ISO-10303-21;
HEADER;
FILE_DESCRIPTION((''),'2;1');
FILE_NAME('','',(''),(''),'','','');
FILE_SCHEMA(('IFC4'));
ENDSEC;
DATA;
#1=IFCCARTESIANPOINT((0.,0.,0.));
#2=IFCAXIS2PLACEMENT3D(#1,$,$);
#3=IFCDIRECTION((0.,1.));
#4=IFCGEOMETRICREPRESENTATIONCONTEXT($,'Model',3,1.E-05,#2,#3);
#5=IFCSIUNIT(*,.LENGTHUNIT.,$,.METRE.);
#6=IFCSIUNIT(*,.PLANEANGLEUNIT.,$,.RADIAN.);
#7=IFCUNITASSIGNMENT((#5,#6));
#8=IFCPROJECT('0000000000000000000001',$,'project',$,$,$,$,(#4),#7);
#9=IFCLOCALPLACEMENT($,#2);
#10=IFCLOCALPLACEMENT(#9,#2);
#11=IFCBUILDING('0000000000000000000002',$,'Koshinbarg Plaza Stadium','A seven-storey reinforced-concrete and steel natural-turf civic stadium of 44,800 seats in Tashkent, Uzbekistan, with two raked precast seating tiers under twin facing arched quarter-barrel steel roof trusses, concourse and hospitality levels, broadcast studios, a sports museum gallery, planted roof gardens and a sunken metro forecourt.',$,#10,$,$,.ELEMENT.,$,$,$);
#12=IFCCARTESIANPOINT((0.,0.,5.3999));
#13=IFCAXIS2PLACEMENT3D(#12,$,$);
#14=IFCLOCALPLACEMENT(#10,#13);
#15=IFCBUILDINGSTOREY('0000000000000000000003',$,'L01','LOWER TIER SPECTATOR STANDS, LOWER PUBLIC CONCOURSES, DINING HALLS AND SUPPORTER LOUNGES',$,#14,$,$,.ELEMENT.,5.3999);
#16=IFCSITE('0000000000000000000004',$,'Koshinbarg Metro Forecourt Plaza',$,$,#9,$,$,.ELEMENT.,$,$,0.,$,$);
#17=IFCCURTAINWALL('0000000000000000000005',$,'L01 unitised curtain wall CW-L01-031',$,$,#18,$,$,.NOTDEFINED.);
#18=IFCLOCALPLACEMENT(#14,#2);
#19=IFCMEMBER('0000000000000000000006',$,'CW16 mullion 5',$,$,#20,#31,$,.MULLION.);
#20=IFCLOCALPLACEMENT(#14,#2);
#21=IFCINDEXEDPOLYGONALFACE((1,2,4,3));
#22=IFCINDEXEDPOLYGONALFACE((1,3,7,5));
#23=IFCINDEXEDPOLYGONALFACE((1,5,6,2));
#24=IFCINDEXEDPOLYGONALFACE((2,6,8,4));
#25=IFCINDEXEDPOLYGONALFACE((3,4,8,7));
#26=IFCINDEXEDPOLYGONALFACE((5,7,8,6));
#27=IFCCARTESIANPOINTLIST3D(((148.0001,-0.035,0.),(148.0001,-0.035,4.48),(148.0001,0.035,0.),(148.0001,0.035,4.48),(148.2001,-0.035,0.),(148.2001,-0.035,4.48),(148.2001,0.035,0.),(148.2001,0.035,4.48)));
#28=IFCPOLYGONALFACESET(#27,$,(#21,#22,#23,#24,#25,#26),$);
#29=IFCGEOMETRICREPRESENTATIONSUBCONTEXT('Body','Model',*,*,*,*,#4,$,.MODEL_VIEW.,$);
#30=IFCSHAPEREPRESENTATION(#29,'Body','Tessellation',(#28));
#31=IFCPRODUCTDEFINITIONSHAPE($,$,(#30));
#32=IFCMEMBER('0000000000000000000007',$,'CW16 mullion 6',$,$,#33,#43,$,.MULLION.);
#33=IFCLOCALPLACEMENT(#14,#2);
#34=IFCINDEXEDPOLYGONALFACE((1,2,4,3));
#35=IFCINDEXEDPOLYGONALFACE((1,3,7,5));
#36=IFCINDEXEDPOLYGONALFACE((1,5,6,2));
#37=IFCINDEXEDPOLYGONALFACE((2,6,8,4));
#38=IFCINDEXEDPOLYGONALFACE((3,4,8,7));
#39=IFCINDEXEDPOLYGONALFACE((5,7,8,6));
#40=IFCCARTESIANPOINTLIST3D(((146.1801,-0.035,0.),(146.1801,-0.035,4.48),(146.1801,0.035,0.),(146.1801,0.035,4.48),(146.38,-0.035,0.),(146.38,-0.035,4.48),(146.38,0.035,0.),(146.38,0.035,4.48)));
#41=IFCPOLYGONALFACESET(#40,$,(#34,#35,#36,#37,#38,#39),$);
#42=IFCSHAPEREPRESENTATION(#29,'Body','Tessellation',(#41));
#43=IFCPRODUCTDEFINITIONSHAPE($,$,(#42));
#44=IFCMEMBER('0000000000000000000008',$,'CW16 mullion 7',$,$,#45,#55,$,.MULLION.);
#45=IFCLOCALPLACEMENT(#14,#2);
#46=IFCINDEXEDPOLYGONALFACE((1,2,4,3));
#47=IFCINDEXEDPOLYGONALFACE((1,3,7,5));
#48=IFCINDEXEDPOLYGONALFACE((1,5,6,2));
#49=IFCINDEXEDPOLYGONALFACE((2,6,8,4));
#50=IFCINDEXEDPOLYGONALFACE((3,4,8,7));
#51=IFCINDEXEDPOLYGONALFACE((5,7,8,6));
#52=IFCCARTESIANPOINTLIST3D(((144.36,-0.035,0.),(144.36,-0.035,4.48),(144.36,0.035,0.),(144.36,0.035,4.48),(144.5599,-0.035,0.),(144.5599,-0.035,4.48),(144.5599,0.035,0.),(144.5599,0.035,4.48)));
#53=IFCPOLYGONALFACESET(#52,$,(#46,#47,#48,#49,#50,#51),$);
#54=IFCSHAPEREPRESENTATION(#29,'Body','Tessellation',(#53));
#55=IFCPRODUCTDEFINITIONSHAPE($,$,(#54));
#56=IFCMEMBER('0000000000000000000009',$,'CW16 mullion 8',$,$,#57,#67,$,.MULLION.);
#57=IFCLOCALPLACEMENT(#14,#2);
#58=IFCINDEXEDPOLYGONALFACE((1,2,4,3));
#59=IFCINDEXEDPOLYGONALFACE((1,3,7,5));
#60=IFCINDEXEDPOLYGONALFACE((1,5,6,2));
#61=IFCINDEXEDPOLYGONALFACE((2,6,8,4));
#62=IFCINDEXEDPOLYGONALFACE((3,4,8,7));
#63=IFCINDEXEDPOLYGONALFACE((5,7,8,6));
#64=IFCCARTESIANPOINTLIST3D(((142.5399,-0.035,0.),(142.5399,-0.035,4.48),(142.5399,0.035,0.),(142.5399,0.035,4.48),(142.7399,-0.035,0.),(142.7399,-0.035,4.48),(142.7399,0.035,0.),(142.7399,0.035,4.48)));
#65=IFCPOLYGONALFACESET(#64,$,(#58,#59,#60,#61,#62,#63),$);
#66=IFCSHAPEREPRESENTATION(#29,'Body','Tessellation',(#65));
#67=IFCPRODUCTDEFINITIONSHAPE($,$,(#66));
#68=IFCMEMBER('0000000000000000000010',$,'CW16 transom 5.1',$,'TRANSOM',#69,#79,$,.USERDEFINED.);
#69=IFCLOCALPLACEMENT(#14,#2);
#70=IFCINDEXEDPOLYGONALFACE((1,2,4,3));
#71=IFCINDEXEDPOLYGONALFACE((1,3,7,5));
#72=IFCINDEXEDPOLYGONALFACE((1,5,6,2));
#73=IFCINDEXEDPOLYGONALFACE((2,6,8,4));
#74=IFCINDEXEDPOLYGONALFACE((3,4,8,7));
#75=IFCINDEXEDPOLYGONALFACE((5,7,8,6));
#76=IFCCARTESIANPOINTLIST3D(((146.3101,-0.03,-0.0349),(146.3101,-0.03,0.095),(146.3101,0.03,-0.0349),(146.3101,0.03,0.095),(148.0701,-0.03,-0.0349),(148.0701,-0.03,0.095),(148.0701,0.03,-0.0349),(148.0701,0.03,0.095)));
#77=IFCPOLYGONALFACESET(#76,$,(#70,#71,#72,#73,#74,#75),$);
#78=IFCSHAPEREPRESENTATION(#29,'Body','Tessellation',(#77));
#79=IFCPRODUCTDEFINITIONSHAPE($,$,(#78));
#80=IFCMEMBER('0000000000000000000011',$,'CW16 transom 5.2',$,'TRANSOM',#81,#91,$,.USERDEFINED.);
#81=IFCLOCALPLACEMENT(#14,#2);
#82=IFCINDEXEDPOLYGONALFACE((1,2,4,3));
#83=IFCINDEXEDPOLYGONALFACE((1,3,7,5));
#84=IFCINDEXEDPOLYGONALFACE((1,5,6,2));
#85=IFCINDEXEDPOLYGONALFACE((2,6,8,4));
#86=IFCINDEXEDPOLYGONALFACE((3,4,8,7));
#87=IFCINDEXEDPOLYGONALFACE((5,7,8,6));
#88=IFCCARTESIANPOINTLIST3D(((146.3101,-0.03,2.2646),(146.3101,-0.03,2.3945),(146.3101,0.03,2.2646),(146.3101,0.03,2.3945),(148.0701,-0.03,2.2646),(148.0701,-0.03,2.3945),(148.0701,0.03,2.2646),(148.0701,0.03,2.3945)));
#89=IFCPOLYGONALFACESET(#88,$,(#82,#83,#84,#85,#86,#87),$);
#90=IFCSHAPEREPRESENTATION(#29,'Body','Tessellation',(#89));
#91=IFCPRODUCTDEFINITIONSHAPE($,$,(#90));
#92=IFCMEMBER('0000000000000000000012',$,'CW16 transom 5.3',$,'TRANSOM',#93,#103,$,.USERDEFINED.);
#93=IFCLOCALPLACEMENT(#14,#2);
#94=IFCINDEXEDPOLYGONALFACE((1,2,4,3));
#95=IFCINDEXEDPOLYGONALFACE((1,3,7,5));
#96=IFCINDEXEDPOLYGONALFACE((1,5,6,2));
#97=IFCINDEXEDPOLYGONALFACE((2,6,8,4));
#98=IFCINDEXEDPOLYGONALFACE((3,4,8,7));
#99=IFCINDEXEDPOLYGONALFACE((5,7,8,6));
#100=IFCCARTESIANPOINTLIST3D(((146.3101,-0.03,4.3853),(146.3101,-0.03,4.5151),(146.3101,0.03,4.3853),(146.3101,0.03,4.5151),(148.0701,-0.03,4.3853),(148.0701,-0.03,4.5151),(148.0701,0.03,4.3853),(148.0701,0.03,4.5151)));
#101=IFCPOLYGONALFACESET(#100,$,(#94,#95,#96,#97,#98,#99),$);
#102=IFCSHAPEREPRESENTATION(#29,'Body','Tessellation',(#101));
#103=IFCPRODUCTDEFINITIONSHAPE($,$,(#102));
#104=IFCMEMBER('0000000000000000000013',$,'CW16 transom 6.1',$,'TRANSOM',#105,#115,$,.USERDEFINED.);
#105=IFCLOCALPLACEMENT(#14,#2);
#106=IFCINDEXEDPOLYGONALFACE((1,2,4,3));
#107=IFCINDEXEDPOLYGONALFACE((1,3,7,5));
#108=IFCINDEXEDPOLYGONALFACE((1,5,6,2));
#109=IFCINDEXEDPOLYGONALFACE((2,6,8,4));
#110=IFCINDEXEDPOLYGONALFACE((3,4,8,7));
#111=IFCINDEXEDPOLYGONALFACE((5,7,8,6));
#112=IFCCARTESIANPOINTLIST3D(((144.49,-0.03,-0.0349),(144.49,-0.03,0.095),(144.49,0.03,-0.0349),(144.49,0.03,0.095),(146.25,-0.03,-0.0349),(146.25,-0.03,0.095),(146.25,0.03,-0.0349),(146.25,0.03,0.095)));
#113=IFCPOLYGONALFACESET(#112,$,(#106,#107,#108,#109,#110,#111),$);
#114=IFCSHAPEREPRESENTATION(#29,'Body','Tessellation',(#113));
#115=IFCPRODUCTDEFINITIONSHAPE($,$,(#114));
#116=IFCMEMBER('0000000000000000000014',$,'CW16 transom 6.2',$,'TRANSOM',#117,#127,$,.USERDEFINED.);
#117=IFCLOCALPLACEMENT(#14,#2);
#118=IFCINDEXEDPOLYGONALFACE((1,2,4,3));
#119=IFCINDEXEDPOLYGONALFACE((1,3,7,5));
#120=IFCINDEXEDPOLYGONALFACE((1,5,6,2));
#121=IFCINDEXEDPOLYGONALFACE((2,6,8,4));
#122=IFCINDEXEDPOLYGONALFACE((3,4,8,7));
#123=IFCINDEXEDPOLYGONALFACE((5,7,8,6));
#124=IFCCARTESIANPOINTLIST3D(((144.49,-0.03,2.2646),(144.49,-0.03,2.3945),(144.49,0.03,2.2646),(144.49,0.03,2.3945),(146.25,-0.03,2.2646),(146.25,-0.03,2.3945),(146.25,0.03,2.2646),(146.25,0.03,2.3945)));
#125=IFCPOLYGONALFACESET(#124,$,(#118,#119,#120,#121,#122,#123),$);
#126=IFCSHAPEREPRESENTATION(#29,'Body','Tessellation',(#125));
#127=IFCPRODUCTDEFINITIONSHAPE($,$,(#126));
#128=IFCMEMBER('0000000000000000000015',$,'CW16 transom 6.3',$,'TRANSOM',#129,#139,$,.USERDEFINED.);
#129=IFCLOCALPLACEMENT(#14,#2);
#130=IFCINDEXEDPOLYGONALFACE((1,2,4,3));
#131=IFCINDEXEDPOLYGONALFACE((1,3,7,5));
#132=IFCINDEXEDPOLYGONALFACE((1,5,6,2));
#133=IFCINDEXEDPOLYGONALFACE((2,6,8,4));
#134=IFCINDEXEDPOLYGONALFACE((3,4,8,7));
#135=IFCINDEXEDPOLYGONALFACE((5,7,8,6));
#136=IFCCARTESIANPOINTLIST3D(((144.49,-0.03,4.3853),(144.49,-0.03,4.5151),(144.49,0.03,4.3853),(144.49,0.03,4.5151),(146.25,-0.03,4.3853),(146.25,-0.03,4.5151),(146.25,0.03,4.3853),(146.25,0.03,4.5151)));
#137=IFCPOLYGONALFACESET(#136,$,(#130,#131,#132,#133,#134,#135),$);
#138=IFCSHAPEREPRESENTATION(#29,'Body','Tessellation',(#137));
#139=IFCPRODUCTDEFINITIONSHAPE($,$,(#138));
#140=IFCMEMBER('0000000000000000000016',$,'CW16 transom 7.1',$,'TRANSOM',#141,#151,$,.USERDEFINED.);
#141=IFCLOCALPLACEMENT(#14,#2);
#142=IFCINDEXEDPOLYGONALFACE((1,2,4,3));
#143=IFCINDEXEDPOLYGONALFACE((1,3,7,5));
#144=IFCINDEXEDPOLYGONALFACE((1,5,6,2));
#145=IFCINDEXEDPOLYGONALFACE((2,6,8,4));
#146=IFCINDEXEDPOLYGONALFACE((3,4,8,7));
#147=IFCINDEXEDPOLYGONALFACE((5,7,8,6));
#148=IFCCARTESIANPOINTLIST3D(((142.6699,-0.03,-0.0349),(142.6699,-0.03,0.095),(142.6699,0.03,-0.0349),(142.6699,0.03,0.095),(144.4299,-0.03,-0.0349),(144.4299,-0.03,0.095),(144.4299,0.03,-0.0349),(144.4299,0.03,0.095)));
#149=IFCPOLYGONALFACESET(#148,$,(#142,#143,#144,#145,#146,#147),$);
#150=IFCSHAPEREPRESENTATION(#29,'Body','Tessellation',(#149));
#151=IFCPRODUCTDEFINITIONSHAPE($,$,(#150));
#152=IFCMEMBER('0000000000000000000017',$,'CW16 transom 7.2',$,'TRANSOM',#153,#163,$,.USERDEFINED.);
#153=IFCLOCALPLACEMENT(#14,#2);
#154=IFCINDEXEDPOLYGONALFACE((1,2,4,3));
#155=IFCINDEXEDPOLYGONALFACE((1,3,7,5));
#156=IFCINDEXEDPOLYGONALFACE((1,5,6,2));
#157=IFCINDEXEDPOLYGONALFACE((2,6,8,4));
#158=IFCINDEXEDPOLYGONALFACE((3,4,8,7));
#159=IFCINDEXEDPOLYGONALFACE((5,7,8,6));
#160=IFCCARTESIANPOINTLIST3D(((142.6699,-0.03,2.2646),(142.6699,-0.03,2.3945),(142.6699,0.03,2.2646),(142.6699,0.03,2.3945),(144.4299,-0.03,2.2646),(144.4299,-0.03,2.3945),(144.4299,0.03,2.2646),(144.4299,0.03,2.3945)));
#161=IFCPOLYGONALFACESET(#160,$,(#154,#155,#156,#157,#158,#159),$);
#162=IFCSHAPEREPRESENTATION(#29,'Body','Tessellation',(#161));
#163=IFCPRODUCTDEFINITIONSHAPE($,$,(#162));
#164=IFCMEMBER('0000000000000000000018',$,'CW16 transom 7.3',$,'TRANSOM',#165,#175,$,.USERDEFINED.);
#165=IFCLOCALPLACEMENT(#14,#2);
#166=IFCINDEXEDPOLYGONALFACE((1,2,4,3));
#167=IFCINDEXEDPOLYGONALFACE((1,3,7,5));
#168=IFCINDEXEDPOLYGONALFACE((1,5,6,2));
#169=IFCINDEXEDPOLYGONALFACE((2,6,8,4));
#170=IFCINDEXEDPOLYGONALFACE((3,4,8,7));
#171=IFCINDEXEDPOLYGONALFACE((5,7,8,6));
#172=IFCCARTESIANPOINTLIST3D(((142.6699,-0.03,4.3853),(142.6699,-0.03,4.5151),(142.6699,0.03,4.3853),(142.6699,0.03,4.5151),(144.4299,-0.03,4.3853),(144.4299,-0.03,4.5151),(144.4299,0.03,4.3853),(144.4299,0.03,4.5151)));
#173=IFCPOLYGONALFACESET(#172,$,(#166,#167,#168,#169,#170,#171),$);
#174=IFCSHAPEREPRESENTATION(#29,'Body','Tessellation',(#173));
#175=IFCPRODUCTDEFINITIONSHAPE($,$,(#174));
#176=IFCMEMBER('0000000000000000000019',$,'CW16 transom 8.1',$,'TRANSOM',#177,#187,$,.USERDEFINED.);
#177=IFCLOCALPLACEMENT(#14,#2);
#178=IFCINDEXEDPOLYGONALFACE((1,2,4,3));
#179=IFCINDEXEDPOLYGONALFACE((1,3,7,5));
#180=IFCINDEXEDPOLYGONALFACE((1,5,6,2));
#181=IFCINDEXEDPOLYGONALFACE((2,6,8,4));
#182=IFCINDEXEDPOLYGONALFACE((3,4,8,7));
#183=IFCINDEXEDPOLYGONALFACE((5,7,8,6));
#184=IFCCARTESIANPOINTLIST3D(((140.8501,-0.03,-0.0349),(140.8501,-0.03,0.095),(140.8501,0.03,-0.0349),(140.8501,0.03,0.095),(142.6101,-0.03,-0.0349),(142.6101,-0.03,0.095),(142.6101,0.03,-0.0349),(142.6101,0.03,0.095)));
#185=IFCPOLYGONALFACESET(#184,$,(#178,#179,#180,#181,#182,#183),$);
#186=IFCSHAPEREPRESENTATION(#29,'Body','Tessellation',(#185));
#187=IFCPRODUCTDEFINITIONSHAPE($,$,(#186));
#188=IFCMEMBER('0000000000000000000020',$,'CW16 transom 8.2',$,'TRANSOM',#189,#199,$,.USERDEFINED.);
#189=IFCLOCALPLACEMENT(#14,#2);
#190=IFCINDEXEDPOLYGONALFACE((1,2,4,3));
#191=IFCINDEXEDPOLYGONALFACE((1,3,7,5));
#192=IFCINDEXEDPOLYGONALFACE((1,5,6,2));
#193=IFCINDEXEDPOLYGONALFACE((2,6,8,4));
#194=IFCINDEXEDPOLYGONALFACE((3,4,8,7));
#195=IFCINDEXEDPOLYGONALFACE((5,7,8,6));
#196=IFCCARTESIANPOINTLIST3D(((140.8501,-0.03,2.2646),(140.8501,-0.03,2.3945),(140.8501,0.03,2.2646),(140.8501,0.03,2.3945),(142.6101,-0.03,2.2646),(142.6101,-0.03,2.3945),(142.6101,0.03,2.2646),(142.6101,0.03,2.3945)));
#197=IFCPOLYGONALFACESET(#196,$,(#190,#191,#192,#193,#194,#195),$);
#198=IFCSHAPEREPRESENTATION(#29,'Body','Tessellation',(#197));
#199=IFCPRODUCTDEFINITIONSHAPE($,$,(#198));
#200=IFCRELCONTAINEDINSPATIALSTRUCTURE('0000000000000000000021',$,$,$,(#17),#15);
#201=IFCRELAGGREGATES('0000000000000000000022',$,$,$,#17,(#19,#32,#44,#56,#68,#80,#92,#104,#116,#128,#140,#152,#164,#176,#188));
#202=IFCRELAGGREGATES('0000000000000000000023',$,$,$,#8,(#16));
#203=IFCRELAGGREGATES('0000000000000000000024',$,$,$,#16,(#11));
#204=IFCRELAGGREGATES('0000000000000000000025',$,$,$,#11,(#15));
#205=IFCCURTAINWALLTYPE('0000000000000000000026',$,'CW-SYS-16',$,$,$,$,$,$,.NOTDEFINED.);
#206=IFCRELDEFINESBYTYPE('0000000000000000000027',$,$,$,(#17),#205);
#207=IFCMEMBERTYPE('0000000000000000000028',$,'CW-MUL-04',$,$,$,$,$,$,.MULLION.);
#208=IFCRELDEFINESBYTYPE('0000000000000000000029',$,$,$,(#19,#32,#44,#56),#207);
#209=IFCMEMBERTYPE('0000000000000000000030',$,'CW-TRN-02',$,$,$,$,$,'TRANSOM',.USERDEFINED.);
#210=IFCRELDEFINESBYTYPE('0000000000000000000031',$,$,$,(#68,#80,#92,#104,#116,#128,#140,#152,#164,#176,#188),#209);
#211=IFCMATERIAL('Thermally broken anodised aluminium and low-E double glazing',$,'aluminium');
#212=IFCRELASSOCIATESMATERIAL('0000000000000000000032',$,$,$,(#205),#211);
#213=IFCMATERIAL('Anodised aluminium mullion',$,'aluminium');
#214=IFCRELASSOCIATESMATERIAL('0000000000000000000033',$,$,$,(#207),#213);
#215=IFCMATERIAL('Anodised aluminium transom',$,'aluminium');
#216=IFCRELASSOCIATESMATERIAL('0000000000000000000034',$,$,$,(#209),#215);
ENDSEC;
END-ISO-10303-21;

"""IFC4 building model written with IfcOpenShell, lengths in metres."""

from ifc_helpers import new_model, si_unit, direction, frame, origin, origin_2d, place, context, subcontext, project, spatial, rectangle, extrude, material, material_profile, profile_set, type_object, element, aggregate, save


model = new_model("IFC4")

# Units and contexts
model_context = context("Model", 3, precision=1e-05, world=origin(), true_north=direction((0.0, 1.0)))
body_context = subcontext(model_context, "Body", "Model", "MODEL_VIEW")
ifc_project = project(units=[si_unit("LENGTHUNIT", "METRE"), si_unit("PLANEANGLEUNIT", "RADIAN")], contexts=[model_context])

# Site, building, storey
site_placement = place(None, origin())
site = spatial("IfcSite", under=ifc_project, at=site_placement, Name="Koshinbarg Metro Forecourt Plaza", CompositionType="ELEMENT", RefElevation=0.0)
building_placement = place(site_placement, origin())
building = spatial("IfcBuilding", under=site, at=building_placement, Name="Koshinbarg Plaza Stadium", Description="A seven-storey reinforced-concrete and steel natural-turf civic stadium of 44,800 seats in Tashkent, Uzbekistan, with two raked precast seating tiers under twin facing arched quarter-barrel steel roof trusses, concourse and hospitality levels, broadcast studios, a sports museum gallery, planted roof gardens and a sunken metro forecourt.", CompositionType="ELEMENT")
storey_placement = place(building_placement, frame((0.0, 0.0, 5.3999)))
storey = spatial("IfcBuildingStorey", under=building, at=storey_placement, Name="L01", Description="LOWER TIER SPECTATOR STANDS, LOWER PUBLIC CONCOURSES, DINING HALLS AND SUPPORTER LOUNGES", CompositionType="ELEMENT", Elevation=5.3999)

# Curtain wall, members
ifc_material_1 = material(Name="Thermally broken anodised aluminium and low-E double glazing", Category="aluminium")
curtain_wall_type = type_object("IfcCurtainWallType", Name="CW-SYS-16", PredefinedType="NOTDEFINED", material=ifc_material_1)
curtain_wall_placement = place(storey_placement, origin())
curtain_wall = element("IfcCurtainWall", 1, at=curtain_wall_placement, inside=storey, type_object=curtain_wall_type, Name="L01 unitised curtain wall CW-L01-031", PredefinedType="NOTDEFINED")
ifc_material_2 = material(Name="Anodised aluminium mullion", Category="aluminium")
ifc_material_profile_1 = material_profile(ifc_material_2, rectangle(XDim=0.0701, YDim=0.2, at=origin_2d()), Name="ALU 70x200")
ifc_profile_set_1 = profile_set([ifc_material_profile_1], Name="Anodised aluminium mullion")
member_type_1 = type_object("IfcMemberType", Name="CW-MUL-04", PredefinedType="MULLION", material=ifc_profile_set_1)
member_1_placement = place(storey_placement, frame((148.1001, 0.0, 0.0), z_axis=(0.0, 0.0, 1.0), x_axis=(0.0, -1.0, 0.0)))
member_1 = element("IfcMember", 2, at=member_1_placement, type_object=member_type_1, Name="CW16 mullion 5", PredefinedType="MULLION", context=body_context, shape_type="SweptSolid", body=[
    extrude(rectangle(XDim=0.0701, YDim=0.2, at=origin_2d()), origin(), (0.0, 0.0, 1.0), 4.48),
])
member_2_placement = place(storey_placement, frame((146.28, 0.0, 0.0), z_axis=(0.0, 0.0, 1.0), x_axis=(0.0, -1.0, 0.0)))
member_2 = element("IfcMember", 3, at=member_2_placement, type_object=member_type_1, Name="CW16 mullion 6", PredefinedType="MULLION", context=body_context, shape_type="SweptSolid", body=[
    extrude(rectangle(XDim=0.0701, YDim=0.2, at=origin_2d()), origin(), (0.0, 0.0, 1.0), 4.48),
])
member_3_placement = place(storey_placement, frame((144.46, 0.0, 0.0), z_axis=(0.0, 0.0, 1.0), x_axis=(0.0, -1.0, 0.0)))
member_3 = element("IfcMember", 4, at=member_3_placement, type_object=member_type_1, Name="CW16 mullion 7", PredefinedType="MULLION", context=body_context, shape_type="SweptSolid", body=[
    extrude(rectangle(XDim=0.0701, YDim=0.2, at=origin_2d()), origin(), (0.0, 0.0, 1.0), 4.48),
])
member_4_placement = place(storey_placement, frame((142.6399, 0.0, 0.0), z_axis=(0.0, 0.0, 1.0), x_axis=(0.0, -1.0, 0.0)))
member_4 = element("IfcMember", 5, at=member_4_placement, type_object=member_type_1, Name="CW16 mullion 8", PredefinedType="MULLION", context=body_context, shape_type="SweptSolid", body=[
    extrude(rectangle(XDim=0.0701, YDim=0.2, at=origin_2d()), origin(), (0.0, 0.0, 1.0), 4.48),
])
ifc_material_3 = material(Name="Anodised aluminium transom", Category="aluminium")
ifc_material_profile_2 = material_profile(ifc_material_3, rectangle(XDim=0.0601, YDim=0.1299, at=origin_2d()), Name="ALU 60x130")
ifc_profile_set_2 = profile_set([ifc_material_profile_2], Name="Anodised aluminium transom")
member_type_2 = type_object("IfcMemberType", Name="CW-TRN-02", ElementType="TRANSOM", PredefinedType="USERDEFINED", material=ifc_profile_set_2)
member_5_placement = place(storey_placement, frame((148.0701, 0.0, 0.03), z_axis=(-1.0, 0.0, 0.0), x_axis=(0.0, -1.0, 0.0)))
member_5 = element("IfcMember", 6, at=member_5_placement, type_object=member_type_2, Name="CW16 transom 5.1", ObjectType="TRANSOM", PredefinedType="USERDEFINED", context=body_context, shape_type="SweptSolid", body=[
    extrude(rectangle(XDim=0.0601, YDim=0.1299, at=origin_2d()), origin(), (0.0, 0.0, 1.0), 1.76),
])
member_6_placement = place(storey_placement, frame((148.0701, 0.0, 2.3296), z_axis=(-1.0, 0.0, 0.0), x_axis=(0.0, -1.0, 0.0)))
member_6 = element("IfcMember", 7, at=member_6_placement, type_object=member_type_2, Name="CW16 transom 5.2", ObjectType="TRANSOM", PredefinedType="USERDEFINED", context=body_context, shape_type="SweptSolid", body=[
    extrude(rectangle(XDim=0.0601, YDim=0.1299, at=origin_2d()), origin(), (0.0, 0.0, 1.0), 1.76),
])
member_7_placement = place(storey_placement, frame((148.0701, 0.0, 4.4502), z_axis=(-1.0, 0.0, 0.0), x_axis=(0.0, -1.0, 0.0)))
member_7 = element("IfcMember", 8, at=member_7_placement, type_object=member_type_2, Name="CW16 transom 5.3", ObjectType="TRANSOM", PredefinedType="USERDEFINED", context=body_context, shape_type="SweptSolid", body=[
    extrude(rectangle(XDim=0.0601, YDim=0.1299, at=origin_2d()), origin(), (0.0, 0.0, 1.0), 1.76),
])
member_8_placement = place(storey_placement, frame((146.25, 0.0, 0.03), z_axis=(-1.0, 0.0, 0.0), x_axis=(0.0, -1.0, 0.0)))
member_8 = element("IfcMember", 9, at=member_8_placement, type_object=member_type_2, Name="CW16 transom 6.1", ObjectType="TRANSOM", PredefinedType="USERDEFINED", context=body_context, shape_type="SweptSolid", body=[
    extrude(rectangle(XDim=0.0601, YDim=0.1299, at=origin_2d()), origin(), (0.0, 0.0, 1.0), 1.76),
])
member_9_placement = place(storey_placement, frame((146.25, 0.0, 2.3296), z_axis=(-1.0, 0.0, 0.0), x_axis=(0.0, -1.0, 0.0)))
member_9 = element("IfcMember", 10, at=member_9_placement, type_object=member_type_2, Name="CW16 transom 6.2", ObjectType="TRANSOM", PredefinedType="USERDEFINED", context=body_context, shape_type="SweptSolid", body=[
    extrude(rectangle(XDim=0.0601, YDim=0.1299, at=origin_2d()), origin(), (0.0, 0.0, 1.0), 1.76),
])
member_10_placement = place(storey_placement, frame((146.25, 0.0, 4.4502), z_axis=(-1.0, 0.0, 0.0), x_axis=(0.0, -1.0, 0.0)))
member_10 = element("IfcMember", 11, at=member_10_placement, type_object=member_type_2, Name="CW16 transom 6.3", ObjectType="TRANSOM", PredefinedType="USERDEFINED", context=body_context, shape_type="SweptSolid", body=[
    extrude(rectangle(XDim=0.0601, YDim=0.1299, at=origin_2d()), origin(), (0.0, 0.0, 1.0), 1.76),
])
member_11_placement = place(storey_placement, frame((144.4299, 0.0, 0.03), z_axis=(-1.0, 0.0, 0.0), x_axis=(0.0, -1.0, 0.0)))
member_11 = element("IfcMember", 12, at=member_11_placement, type_object=member_type_2, Name="CW16 transom 7.1", ObjectType="TRANSOM", PredefinedType="USERDEFINED", context=body_context, shape_type="SweptSolid", body=[
    extrude(rectangle(XDim=0.0601, YDim=0.1299, at=origin_2d()), origin(), (0.0, 0.0, 1.0), 1.76),
])
member_12_placement = place(storey_placement, frame((144.4299, 0.0, 2.3296), z_axis=(-1.0, 0.0, 0.0), x_axis=(0.0, -1.0, 0.0)))
member_12 = element("IfcMember", 13, at=member_12_placement, type_object=member_type_2, Name="CW16 transom 7.2", ObjectType="TRANSOM", PredefinedType="USERDEFINED", context=body_context, shape_type="SweptSolid", body=[
    extrude(rectangle(XDim=0.0601, YDim=0.1299, at=origin_2d()), origin(), (0.0, 0.0, 1.0), 1.76),
])
member_13_placement = place(storey_placement, frame((144.4299, 0.0, 4.4502), z_axis=(-1.0, 0.0, 0.0), x_axis=(0.0, -1.0, 0.0)))
member_13 = element("IfcMember", 14, at=member_13_placement, type_object=member_type_2, Name="CW16 transom 7.3", ObjectType="TRANSOM", PredefinedType="USERDEFINED", context=body_context, shape_type="SweptSolid", body=[
    extrude(rectangle(XDim=0.0601, YDim=0.1299, at=origin_2d()), origin(), (0.0, 0.0, 1.0), 1.76),
])
member_14_placement = place(storey_placement, frame((142.6101, 0.0, 0.03), z_axis=(-1.0, 0.0, 0.0), x_axis=(0.0, -1.0, 0.0)))
member_14 = element("IfcMember", 15, at=member_14_placement, type_object=member_type_2, Name="CW16 transom 8.1", ObjectType="TRANSOM", PredefinedType="USERDEFINED", context=body_context, shape_type="SweptSolid", body=[
    extrude(rectangle(XDim=0.0601, YDim=0.1299, at=origin_2d()), origin(), (0.0, 0.0, 1.0), 1.76),
])
member_15_placement = place(storey_placement, frame((142.6101, 0.0, 2.3296), z_axis=(-1.0, 0.0, 0.0), x_axis=(0.0, -1.0, 0.0)))
member_15 = element("IfcMember", 16, at=member_15_placement, type_object=member_type_2, Name="CW16 transom 8.2", ObjectType="TRANSOM", PredefinedType="USERDEFINED", context=body_context, shape_type="SweptSolid", body=[
    extrude(rectangle(XDim=0.0601, YDim=0.1299, at=origin_2d()), origin(), (0.0, 0.0, 1.0), 1.76),
])
aggregate(curtain_wall, [member_1, member_2, member_3, member_4, member_5, member_6, member_7, member_8, member_9, member_10, member_11, member_12, member_13, member_14, member_15])

save(model, "model.ifc")
